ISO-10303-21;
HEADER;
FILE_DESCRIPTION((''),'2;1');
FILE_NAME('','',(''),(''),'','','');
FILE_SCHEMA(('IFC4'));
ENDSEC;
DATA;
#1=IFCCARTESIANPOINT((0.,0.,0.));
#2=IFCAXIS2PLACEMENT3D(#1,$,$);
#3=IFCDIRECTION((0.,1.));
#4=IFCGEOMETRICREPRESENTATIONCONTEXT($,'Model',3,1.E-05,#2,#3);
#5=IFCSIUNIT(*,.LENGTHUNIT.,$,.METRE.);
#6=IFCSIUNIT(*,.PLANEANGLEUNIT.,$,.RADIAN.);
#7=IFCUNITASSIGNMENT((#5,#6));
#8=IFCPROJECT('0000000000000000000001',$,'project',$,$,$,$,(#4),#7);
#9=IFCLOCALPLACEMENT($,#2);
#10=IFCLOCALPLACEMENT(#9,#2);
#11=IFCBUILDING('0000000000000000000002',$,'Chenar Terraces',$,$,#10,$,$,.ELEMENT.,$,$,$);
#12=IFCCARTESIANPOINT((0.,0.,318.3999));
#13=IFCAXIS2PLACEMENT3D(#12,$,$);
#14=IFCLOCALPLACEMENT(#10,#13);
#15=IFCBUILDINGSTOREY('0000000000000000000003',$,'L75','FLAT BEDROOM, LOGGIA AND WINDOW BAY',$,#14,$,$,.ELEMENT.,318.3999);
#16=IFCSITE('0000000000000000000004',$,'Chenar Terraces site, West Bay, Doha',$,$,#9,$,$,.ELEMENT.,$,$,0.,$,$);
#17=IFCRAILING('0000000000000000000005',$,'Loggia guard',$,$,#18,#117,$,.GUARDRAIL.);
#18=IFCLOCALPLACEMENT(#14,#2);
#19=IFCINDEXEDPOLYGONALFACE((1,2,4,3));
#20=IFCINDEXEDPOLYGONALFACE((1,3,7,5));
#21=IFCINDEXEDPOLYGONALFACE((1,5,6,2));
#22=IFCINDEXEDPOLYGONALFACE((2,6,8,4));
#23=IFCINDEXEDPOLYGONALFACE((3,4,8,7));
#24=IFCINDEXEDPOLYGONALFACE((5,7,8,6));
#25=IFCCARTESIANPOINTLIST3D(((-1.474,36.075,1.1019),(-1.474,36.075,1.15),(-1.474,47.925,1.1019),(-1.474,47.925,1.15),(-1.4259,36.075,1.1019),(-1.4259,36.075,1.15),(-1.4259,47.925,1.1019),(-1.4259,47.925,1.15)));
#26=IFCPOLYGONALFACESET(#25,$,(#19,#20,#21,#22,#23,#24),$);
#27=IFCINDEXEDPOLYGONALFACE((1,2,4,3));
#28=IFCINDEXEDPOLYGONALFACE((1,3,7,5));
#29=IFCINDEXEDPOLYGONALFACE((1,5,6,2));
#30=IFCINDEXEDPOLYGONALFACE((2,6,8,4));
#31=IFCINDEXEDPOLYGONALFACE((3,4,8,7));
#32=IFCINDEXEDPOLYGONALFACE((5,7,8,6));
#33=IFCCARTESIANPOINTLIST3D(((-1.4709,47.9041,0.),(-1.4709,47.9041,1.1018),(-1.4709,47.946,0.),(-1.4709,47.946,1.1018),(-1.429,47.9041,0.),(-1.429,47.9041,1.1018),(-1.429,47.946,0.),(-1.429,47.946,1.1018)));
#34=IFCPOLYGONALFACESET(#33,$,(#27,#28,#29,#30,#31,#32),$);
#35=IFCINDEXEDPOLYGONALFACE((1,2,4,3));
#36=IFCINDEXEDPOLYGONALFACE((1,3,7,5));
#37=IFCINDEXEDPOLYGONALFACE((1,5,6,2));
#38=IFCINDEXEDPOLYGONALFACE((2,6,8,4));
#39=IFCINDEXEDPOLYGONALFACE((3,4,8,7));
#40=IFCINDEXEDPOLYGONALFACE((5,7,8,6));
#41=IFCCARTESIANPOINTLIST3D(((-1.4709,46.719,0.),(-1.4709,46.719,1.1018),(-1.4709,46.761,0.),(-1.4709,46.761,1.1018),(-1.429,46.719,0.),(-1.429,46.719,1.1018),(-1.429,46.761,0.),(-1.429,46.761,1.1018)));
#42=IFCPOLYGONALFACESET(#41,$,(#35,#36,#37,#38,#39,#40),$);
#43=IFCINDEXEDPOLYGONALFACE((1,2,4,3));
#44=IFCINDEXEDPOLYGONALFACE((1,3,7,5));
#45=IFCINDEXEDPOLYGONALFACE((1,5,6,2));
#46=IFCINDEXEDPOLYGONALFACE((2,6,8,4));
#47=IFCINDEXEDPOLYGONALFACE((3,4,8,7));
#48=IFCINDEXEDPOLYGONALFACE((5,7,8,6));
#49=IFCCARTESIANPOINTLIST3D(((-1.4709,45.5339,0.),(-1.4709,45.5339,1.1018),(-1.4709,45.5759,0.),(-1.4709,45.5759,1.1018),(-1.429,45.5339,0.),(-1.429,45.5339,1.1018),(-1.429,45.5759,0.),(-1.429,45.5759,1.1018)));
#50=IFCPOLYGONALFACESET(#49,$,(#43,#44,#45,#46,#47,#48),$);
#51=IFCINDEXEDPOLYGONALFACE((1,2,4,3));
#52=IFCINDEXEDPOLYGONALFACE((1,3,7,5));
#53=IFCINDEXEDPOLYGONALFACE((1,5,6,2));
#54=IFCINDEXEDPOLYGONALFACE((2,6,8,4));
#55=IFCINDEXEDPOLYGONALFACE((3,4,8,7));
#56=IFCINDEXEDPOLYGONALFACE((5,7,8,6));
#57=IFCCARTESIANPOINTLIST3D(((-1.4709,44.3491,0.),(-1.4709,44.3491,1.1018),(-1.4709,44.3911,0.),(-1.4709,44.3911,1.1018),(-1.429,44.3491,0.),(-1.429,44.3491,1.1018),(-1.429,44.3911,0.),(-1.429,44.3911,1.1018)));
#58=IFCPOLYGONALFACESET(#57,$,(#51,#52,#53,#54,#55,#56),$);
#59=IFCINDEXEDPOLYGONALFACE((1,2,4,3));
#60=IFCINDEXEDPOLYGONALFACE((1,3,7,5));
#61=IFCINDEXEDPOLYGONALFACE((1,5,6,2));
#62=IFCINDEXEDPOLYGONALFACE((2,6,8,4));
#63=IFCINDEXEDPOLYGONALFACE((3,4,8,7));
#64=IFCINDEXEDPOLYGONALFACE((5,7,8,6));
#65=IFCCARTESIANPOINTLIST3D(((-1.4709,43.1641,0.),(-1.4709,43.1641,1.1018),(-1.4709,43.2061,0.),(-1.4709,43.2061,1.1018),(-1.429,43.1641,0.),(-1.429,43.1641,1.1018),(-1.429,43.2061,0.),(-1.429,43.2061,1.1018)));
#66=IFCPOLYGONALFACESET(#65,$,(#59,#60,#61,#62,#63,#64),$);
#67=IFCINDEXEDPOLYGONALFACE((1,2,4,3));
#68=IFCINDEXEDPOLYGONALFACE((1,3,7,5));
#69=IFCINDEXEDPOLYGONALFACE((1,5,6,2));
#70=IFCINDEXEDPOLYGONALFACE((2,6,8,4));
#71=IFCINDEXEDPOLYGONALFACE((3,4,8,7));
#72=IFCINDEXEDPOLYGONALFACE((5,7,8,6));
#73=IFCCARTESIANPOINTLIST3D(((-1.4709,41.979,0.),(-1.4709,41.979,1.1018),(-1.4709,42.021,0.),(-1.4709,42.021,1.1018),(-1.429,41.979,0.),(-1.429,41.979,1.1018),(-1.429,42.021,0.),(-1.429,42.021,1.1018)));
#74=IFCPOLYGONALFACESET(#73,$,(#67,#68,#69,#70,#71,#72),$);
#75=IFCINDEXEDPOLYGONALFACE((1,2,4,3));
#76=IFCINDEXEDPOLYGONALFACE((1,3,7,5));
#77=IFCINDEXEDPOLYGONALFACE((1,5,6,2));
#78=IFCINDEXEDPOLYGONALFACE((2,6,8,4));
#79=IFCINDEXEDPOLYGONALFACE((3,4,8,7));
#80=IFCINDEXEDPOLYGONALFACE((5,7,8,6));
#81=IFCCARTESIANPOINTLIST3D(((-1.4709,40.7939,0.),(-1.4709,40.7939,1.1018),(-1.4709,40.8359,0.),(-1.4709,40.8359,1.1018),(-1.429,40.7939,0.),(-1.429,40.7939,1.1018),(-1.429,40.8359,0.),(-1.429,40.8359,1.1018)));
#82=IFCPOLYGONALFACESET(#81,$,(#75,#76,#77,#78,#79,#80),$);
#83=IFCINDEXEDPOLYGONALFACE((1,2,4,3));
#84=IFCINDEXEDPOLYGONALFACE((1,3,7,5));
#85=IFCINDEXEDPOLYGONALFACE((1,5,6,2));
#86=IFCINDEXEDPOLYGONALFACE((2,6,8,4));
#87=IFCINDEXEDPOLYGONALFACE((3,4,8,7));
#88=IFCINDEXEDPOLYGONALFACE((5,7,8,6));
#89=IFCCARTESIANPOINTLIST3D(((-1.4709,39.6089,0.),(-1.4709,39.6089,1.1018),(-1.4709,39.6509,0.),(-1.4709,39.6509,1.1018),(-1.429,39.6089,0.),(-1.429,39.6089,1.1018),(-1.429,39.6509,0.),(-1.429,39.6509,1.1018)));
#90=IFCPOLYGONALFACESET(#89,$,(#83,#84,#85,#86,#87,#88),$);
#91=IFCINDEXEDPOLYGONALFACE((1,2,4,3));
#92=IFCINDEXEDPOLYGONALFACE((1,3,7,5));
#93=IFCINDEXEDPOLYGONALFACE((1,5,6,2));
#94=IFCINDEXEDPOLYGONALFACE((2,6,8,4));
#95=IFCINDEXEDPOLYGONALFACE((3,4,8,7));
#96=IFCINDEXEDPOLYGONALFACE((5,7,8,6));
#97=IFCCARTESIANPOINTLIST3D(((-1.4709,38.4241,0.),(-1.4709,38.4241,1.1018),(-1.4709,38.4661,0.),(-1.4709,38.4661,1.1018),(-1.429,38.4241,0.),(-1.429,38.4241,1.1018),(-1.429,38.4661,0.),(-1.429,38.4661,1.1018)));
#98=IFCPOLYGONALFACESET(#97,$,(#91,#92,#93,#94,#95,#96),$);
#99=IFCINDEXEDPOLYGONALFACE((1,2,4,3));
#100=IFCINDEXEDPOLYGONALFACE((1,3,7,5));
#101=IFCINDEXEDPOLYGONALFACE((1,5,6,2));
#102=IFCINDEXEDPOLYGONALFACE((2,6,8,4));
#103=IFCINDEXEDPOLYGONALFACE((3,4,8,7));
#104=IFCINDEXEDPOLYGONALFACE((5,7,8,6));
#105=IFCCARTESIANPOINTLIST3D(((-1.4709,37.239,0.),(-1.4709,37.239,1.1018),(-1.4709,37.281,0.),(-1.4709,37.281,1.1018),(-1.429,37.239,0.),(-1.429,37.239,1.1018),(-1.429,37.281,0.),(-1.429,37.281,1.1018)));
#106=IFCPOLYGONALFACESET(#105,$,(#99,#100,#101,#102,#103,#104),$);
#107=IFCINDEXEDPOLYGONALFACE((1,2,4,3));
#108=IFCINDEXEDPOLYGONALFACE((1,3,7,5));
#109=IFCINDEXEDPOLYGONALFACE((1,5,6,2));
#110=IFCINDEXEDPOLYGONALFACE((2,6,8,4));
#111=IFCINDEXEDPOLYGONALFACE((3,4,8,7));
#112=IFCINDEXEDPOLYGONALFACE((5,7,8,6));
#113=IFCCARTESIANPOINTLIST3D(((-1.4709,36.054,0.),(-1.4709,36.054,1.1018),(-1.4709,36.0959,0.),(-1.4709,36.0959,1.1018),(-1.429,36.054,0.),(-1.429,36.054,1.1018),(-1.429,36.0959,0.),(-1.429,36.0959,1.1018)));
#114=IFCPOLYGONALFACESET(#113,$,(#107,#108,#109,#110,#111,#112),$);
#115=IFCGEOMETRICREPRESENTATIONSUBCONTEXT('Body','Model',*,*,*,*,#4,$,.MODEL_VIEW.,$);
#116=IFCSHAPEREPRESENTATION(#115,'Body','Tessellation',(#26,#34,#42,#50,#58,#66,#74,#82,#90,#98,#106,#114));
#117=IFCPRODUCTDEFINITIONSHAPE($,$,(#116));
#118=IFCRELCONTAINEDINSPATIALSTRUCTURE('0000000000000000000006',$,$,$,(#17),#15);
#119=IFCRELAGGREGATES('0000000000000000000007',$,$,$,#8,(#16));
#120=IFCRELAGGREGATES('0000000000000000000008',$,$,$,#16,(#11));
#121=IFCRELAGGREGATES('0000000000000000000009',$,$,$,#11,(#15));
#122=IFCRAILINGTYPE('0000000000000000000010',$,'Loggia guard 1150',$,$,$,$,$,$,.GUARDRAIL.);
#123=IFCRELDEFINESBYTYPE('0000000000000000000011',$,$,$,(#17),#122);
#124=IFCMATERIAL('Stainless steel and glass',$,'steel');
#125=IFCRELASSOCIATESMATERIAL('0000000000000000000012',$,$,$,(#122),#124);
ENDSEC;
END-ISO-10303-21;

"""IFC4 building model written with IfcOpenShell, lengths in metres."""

from ifc_helpers import new_model, si_unit, direction, frame, origin, origin_2d, place, context, subcontext, project, spatial, rectangle, extrude, material, type_object, element, save


model = new_model("IFC4")

# Units and contexts
model_context = context("Model", 3, precision=1e-05, world=origin(), true_north=direction((0.0, 1.0)))
body_context = subcontext(model_context, "Body", "Model", "MODEL_VIEW")
ifc_project = project(units=[si_unit("LENGTHUNIT", "METRE"), si_unit("PLANEANGLEUNIT", "RADIAN")], contexts=[model_context])

# Site, building, storey
site_placement = place(None, origin())
site = spatial("IfcSite", under=ifc_project, at=site_placement, Name="Chenar Terraces site, West Bay, Doha", CompositionType="ELEMENT", RefElevation=0.0)
building_placement = place(site_placement, origin())
building = spatial("IfcBuilding", under=site, at=building_placement, Name="Chenar Terraces", CompositionType="ELEMENT")
storey_placement = place(building_placement, frame((0.0, 0.0, 318.3999)))
storey = spatial("IfcBuildingStorey", under=building, at=storey_placement, Name="L75", Description="FLAT BEDROOM, LOGGIA AND WINDOW BAY", CompositionType="ELEMENT", Elevation=318.3999)

# Railing
ifc_material_1 = material(Name="Stainless steel and glass", Category="steel")
railing_type = type_object("IfcRailingType", Name="Loggia guard 1150", PredefinedType="GUARDRAIL", material=ifc_material_1)
railing_placement = place(storey_placement, frame((-1.45, 47.925, 0.0)))
element("IfcRailing", 1, at=railing_placement, inside=storey, type_object=railing_type, Name="Loggia guard", PredefinedType="GUARDRAIL", context=body_context, shape_type="SweptSolid", body=[
    extrude(rectangle(XDim=0.0481, YDim=0.0481, at=origin_2d()), frame((0.0, 0.0, 1.126), z_axis=(0.0, -1.0, 0.0), x_axis=(1.0, 0.0, 0.0)), (0.0, 0.0, 1.0), 11.8501),
    extrude(rectangle(XDim=0.042, YDim=0.042, at=origin_2d()), origin(), (0.0, 0.0, 1.0), 1.1018),
    extrude(rectangle(XDim=0.042, YDim=0.042, at=origin_2d()), frame((0.0, -1.1851, 0.0)), (0.0, 0.0, 1.0), 1.1018),
    extrude(rectangle(XDim=0.042, YDim=0.042, at=origin_2d()), frame((0.0, -2.3701, 0.0)), (0.0, 0.0, 1.0), 1.1018),
    extrude(rectangle(XDim=0.042, YDim=0.042, at=origin_2d()), frame((0.0, -3.5549, 0.0)), (0.0, 0.0, 1.0), 1.1018),
    extrude(rectangle(XDim=0.042, YDim=0.042, at=origin_2d()), frame((0.0, -4.74, 0.0)), (0.0, 0.0, 1.0), 1.1018),
    extrude(rectangle(XDim=0.042, YDim=0.042, at=origin_2d()), frame((0.0, -5.925, 0.0)), (0.0, 0.0, 1.0), 1.1018),
    extrude(rectangle(XDim=0.042, YDim=0.042, at=origin_2d()), frame((0.0, -7.1101, 0.0)), (0.0, 0.0, 1.0), 1.1018),
    extrude(rectangle(XDim=0.042, YDim=0.042, at=origin_2d()), frame((0.0, -8.2952, 0.0)), (0.0, 0.0, 1.0), 1.1018),
    extrude(rectangle(XDim=0.042, YDim=0.042, at=origin_2d()), frame((0.0, -9.48, 0.0)), (0.0, 0.0, 1.0), 1.1018),
    extrude(rectangle(XDim=0.042, YDim=0.042, at=origin_2d()), frame((0.0, -10.665, 0.0)), (0.0, 0.0, 1.0), 1.1018),
    extrude(rectangle(XDim=0.042, YDim=0.042, at=origin_2d()), frame((0.0, -11.8501, 0.0)), (0.0, 0.0, 1.0), 1.1018),
])

save(model, "model.ifc")
